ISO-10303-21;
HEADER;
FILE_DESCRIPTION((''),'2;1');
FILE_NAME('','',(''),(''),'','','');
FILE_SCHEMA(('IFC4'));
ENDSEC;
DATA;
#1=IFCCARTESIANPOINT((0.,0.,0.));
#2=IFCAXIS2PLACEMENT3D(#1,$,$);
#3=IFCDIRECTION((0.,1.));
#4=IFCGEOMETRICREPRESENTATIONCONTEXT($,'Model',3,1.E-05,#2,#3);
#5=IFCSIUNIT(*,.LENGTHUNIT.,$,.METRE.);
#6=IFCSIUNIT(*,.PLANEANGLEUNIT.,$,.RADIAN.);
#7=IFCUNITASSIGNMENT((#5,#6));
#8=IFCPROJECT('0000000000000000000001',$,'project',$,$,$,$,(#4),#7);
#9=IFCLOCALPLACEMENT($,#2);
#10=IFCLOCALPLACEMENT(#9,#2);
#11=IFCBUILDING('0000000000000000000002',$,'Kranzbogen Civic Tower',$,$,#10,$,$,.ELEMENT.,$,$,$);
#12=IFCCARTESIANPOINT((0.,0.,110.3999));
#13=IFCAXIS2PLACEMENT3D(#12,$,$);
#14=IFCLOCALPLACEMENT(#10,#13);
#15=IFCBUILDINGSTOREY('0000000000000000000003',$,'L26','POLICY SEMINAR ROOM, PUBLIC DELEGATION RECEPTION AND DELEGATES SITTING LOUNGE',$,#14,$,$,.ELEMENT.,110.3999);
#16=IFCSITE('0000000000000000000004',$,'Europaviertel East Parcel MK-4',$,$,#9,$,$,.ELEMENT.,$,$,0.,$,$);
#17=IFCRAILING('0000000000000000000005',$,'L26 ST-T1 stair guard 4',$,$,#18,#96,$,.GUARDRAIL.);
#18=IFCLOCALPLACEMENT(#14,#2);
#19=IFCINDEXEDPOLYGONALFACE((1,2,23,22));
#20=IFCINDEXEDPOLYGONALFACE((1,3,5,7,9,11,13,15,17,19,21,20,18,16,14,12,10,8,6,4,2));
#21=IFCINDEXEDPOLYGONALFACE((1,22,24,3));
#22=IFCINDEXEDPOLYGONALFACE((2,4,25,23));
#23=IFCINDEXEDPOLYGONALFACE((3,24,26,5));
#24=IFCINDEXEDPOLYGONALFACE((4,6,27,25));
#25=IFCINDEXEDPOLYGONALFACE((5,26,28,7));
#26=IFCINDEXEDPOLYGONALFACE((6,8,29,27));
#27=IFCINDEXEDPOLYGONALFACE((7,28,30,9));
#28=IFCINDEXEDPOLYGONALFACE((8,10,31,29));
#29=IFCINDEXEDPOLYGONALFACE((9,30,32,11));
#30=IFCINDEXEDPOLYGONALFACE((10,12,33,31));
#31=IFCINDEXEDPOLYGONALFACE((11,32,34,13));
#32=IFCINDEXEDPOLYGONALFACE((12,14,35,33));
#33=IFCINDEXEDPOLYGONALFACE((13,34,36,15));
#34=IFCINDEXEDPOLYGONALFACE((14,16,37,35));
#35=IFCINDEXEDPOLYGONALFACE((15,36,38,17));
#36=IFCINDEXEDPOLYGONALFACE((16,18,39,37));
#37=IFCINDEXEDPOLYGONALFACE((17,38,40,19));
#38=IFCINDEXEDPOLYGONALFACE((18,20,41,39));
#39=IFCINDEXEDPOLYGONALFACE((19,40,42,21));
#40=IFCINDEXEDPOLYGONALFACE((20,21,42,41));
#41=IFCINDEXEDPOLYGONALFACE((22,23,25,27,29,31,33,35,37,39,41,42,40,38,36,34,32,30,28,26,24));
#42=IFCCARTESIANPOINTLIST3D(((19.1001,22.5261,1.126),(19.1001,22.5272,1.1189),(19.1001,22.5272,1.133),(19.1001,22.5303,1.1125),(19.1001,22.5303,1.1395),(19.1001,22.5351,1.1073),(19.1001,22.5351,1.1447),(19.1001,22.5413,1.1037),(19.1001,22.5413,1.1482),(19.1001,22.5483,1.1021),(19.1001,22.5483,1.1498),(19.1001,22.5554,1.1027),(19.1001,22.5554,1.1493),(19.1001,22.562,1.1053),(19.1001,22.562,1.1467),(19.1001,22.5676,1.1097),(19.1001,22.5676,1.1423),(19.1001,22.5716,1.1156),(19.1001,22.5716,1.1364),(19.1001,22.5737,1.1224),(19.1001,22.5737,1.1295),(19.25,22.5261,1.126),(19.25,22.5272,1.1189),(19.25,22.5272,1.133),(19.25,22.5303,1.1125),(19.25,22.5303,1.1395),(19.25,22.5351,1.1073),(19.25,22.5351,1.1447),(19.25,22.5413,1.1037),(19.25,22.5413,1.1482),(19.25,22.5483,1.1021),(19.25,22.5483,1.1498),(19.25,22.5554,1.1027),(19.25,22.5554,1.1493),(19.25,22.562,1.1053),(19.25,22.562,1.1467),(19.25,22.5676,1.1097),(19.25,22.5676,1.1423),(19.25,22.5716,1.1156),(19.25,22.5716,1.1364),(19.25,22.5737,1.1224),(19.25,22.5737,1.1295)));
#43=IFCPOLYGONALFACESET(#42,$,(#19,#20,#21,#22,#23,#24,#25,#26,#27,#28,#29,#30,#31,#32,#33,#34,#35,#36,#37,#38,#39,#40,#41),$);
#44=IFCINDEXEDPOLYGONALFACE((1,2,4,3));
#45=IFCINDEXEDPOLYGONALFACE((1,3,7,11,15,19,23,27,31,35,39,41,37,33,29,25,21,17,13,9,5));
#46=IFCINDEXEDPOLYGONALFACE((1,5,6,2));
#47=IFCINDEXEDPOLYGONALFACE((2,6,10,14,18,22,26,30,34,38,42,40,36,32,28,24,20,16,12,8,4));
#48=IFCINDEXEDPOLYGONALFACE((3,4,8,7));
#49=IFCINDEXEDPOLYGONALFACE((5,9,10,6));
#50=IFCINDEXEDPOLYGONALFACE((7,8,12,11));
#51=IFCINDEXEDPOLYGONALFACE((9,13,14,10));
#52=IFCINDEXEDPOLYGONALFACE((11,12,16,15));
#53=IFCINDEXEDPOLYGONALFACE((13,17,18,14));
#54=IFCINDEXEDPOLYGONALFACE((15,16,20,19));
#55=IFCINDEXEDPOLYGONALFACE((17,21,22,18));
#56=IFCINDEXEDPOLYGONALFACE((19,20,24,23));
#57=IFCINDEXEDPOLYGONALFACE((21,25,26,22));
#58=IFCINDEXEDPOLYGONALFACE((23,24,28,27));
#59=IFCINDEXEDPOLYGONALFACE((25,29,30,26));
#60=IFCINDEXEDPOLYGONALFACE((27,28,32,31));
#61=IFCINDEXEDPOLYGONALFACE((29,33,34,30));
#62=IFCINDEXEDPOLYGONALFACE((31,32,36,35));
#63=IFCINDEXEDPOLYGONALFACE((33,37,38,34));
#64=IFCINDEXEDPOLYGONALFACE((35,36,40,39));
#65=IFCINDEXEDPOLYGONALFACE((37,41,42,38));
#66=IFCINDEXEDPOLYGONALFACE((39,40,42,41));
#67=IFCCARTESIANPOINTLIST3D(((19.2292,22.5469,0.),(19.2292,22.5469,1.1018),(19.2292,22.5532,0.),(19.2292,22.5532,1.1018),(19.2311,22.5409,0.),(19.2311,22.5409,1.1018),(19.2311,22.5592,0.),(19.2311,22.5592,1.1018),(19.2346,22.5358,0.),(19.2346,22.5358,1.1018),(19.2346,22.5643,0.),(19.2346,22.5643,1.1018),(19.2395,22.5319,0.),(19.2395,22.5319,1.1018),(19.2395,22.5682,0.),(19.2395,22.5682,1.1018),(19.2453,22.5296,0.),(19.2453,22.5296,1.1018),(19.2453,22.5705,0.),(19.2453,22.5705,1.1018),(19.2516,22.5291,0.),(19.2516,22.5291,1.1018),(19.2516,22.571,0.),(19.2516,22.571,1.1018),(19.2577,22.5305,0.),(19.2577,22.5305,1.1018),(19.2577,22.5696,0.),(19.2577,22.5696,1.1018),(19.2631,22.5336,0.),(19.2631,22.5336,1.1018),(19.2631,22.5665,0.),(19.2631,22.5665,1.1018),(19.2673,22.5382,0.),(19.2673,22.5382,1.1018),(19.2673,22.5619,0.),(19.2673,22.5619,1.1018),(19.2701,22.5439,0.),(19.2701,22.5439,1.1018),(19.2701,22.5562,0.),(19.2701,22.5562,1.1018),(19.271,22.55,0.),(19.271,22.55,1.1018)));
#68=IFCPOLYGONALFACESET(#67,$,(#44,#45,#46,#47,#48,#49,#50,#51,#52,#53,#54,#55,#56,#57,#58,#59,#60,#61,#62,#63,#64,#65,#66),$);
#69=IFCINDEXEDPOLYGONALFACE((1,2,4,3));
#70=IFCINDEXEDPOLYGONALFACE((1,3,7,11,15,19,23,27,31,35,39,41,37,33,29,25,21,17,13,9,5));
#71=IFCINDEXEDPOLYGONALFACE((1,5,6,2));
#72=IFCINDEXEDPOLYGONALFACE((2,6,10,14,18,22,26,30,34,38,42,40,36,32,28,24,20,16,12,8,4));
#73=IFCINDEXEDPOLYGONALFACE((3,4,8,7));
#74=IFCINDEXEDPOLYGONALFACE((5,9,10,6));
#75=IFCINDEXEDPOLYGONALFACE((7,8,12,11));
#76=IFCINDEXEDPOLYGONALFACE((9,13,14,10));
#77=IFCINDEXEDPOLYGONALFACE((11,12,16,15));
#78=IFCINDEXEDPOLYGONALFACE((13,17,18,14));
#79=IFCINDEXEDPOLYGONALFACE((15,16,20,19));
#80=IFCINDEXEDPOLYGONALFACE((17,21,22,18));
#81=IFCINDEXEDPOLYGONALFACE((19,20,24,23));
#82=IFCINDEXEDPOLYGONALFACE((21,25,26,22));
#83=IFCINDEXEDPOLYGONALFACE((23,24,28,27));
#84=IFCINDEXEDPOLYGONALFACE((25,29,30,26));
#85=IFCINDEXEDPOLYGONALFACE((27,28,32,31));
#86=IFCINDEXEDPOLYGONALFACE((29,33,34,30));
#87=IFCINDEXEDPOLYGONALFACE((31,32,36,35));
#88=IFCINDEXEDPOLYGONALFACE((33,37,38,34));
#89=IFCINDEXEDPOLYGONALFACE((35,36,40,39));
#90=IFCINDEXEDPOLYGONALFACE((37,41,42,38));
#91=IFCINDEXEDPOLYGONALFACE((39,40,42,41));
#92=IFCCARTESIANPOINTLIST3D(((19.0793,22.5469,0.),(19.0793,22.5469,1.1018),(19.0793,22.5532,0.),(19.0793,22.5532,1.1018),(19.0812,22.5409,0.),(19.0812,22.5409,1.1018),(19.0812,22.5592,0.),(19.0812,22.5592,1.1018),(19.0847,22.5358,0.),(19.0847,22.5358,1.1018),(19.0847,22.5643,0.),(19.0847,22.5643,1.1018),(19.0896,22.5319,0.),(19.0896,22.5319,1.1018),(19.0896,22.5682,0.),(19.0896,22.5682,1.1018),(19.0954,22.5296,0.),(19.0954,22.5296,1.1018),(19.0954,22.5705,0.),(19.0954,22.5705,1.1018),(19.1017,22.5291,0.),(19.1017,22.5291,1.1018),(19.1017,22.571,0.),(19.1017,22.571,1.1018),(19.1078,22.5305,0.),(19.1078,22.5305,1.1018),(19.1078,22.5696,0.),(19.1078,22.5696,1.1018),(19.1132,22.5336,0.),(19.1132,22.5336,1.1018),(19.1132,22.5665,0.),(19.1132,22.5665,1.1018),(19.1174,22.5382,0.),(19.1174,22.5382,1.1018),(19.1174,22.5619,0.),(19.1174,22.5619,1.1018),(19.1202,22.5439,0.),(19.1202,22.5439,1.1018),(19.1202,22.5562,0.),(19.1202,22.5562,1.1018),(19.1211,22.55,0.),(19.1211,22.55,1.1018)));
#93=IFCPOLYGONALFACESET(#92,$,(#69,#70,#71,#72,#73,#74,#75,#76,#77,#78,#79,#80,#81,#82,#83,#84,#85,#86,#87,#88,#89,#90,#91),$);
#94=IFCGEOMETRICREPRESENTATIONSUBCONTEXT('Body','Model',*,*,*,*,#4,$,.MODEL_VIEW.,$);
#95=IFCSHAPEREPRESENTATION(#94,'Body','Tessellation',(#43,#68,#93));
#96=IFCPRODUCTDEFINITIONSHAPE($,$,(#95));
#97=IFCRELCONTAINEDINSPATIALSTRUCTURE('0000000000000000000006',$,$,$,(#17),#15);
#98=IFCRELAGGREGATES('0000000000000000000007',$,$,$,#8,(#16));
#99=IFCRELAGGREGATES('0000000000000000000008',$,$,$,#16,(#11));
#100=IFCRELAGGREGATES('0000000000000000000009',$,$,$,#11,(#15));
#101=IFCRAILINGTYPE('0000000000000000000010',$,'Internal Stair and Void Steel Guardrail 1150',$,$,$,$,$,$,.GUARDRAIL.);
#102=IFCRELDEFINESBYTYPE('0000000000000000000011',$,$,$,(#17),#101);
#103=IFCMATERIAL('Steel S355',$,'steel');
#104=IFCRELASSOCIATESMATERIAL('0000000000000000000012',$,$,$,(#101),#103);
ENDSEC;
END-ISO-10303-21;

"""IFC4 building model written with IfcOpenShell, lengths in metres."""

from ifc_helpers import new_model, si_unit, direction, frame, origin, origin_2d, place, context, subcontext, project, spatial, circle, extrude, material, type_object, element, save


model = new_model("IFC4")

# Units and contexts
model_context = context("Model", 3, precision=1e-05, world=origin(), true_north=direction((0.0, 1.0)))
body_context = subcontext(model_context, "Body", "Model", "MODEL_VIEW")
ifc_project = project(units=[si_unit("LENGTHUNIT", "METRE"), si_unit("PLANEANGLEUNIT", "RADIAN")], contexts=[model_context])

# Site, building, storey
site_placement = place(None, origin())
site = spatial("IfcSite", under=ifc_project, at=site_placement, Name="Europaviertel East Parcel MK-4", CompositionType="ELEMENT", RefElevation=0.0)
building_placement = place(site_placement, origin())
building = spatial("IfcBuilding", under=site, at=building_placement, Name="Kranzbogen Civic Tower", CompositionType="ELEMENT")
storey_placement = place(building_placement, frame((0.0, 0.0, 110.3999)))
storey = spatial("IfcBuildingStorey", under=building, at=storey_placement, Name="L26", Description="POLICY SEMINAR ROOM, PUBLIC DELEGATION RECEPTION AND DELEGATES SITTING LOUNGE", CompositionType="ELEMENT", Elevation=110.3999)

# Shared definitions
ifc_material_1 = material(Name="Steel S355", Category="steel")

# Railing
railing_type_1 = type_object("IfcRailingType", Name="Internal Stair and Void Steel Guardrail 1150", PredefinedType="GUARDRAIL", material=ifc_material_1)
railing_1_placement = place(storey_placement, frame((19.25, 22.55, 0.0)))
element("IfcRailing", 1, at=railing_1_placement, inside=storey, type_object=railing_type_1, Name="L26 ST-T1 stair guard 4", PredefinedType="GUARDRAIL", context=body_context, shape_type="SweptSolid", body=[
    extrude(circle(Radius=0.0239, at=origin_2d()), frame((0.0, 0.0, 1.126), z_axis=(-1.0, 0.0, 0.0), x_axis=(0.0, -1.0, 0.0)), (0.0, 0.0, 1.0), 0.1499),
    extrude(circle(Radius=0.021, at=origin_2d()), origin(), (0.0, 0.0, 1.0), 1.1018),
    extrude(circle(Radius=0.021, at=origin_2d()), frame((-0.1499, 0.0, 0.0)), (0.0, 0.0, 1.0), 1.1018),
])

save(model, "model.ifc")
